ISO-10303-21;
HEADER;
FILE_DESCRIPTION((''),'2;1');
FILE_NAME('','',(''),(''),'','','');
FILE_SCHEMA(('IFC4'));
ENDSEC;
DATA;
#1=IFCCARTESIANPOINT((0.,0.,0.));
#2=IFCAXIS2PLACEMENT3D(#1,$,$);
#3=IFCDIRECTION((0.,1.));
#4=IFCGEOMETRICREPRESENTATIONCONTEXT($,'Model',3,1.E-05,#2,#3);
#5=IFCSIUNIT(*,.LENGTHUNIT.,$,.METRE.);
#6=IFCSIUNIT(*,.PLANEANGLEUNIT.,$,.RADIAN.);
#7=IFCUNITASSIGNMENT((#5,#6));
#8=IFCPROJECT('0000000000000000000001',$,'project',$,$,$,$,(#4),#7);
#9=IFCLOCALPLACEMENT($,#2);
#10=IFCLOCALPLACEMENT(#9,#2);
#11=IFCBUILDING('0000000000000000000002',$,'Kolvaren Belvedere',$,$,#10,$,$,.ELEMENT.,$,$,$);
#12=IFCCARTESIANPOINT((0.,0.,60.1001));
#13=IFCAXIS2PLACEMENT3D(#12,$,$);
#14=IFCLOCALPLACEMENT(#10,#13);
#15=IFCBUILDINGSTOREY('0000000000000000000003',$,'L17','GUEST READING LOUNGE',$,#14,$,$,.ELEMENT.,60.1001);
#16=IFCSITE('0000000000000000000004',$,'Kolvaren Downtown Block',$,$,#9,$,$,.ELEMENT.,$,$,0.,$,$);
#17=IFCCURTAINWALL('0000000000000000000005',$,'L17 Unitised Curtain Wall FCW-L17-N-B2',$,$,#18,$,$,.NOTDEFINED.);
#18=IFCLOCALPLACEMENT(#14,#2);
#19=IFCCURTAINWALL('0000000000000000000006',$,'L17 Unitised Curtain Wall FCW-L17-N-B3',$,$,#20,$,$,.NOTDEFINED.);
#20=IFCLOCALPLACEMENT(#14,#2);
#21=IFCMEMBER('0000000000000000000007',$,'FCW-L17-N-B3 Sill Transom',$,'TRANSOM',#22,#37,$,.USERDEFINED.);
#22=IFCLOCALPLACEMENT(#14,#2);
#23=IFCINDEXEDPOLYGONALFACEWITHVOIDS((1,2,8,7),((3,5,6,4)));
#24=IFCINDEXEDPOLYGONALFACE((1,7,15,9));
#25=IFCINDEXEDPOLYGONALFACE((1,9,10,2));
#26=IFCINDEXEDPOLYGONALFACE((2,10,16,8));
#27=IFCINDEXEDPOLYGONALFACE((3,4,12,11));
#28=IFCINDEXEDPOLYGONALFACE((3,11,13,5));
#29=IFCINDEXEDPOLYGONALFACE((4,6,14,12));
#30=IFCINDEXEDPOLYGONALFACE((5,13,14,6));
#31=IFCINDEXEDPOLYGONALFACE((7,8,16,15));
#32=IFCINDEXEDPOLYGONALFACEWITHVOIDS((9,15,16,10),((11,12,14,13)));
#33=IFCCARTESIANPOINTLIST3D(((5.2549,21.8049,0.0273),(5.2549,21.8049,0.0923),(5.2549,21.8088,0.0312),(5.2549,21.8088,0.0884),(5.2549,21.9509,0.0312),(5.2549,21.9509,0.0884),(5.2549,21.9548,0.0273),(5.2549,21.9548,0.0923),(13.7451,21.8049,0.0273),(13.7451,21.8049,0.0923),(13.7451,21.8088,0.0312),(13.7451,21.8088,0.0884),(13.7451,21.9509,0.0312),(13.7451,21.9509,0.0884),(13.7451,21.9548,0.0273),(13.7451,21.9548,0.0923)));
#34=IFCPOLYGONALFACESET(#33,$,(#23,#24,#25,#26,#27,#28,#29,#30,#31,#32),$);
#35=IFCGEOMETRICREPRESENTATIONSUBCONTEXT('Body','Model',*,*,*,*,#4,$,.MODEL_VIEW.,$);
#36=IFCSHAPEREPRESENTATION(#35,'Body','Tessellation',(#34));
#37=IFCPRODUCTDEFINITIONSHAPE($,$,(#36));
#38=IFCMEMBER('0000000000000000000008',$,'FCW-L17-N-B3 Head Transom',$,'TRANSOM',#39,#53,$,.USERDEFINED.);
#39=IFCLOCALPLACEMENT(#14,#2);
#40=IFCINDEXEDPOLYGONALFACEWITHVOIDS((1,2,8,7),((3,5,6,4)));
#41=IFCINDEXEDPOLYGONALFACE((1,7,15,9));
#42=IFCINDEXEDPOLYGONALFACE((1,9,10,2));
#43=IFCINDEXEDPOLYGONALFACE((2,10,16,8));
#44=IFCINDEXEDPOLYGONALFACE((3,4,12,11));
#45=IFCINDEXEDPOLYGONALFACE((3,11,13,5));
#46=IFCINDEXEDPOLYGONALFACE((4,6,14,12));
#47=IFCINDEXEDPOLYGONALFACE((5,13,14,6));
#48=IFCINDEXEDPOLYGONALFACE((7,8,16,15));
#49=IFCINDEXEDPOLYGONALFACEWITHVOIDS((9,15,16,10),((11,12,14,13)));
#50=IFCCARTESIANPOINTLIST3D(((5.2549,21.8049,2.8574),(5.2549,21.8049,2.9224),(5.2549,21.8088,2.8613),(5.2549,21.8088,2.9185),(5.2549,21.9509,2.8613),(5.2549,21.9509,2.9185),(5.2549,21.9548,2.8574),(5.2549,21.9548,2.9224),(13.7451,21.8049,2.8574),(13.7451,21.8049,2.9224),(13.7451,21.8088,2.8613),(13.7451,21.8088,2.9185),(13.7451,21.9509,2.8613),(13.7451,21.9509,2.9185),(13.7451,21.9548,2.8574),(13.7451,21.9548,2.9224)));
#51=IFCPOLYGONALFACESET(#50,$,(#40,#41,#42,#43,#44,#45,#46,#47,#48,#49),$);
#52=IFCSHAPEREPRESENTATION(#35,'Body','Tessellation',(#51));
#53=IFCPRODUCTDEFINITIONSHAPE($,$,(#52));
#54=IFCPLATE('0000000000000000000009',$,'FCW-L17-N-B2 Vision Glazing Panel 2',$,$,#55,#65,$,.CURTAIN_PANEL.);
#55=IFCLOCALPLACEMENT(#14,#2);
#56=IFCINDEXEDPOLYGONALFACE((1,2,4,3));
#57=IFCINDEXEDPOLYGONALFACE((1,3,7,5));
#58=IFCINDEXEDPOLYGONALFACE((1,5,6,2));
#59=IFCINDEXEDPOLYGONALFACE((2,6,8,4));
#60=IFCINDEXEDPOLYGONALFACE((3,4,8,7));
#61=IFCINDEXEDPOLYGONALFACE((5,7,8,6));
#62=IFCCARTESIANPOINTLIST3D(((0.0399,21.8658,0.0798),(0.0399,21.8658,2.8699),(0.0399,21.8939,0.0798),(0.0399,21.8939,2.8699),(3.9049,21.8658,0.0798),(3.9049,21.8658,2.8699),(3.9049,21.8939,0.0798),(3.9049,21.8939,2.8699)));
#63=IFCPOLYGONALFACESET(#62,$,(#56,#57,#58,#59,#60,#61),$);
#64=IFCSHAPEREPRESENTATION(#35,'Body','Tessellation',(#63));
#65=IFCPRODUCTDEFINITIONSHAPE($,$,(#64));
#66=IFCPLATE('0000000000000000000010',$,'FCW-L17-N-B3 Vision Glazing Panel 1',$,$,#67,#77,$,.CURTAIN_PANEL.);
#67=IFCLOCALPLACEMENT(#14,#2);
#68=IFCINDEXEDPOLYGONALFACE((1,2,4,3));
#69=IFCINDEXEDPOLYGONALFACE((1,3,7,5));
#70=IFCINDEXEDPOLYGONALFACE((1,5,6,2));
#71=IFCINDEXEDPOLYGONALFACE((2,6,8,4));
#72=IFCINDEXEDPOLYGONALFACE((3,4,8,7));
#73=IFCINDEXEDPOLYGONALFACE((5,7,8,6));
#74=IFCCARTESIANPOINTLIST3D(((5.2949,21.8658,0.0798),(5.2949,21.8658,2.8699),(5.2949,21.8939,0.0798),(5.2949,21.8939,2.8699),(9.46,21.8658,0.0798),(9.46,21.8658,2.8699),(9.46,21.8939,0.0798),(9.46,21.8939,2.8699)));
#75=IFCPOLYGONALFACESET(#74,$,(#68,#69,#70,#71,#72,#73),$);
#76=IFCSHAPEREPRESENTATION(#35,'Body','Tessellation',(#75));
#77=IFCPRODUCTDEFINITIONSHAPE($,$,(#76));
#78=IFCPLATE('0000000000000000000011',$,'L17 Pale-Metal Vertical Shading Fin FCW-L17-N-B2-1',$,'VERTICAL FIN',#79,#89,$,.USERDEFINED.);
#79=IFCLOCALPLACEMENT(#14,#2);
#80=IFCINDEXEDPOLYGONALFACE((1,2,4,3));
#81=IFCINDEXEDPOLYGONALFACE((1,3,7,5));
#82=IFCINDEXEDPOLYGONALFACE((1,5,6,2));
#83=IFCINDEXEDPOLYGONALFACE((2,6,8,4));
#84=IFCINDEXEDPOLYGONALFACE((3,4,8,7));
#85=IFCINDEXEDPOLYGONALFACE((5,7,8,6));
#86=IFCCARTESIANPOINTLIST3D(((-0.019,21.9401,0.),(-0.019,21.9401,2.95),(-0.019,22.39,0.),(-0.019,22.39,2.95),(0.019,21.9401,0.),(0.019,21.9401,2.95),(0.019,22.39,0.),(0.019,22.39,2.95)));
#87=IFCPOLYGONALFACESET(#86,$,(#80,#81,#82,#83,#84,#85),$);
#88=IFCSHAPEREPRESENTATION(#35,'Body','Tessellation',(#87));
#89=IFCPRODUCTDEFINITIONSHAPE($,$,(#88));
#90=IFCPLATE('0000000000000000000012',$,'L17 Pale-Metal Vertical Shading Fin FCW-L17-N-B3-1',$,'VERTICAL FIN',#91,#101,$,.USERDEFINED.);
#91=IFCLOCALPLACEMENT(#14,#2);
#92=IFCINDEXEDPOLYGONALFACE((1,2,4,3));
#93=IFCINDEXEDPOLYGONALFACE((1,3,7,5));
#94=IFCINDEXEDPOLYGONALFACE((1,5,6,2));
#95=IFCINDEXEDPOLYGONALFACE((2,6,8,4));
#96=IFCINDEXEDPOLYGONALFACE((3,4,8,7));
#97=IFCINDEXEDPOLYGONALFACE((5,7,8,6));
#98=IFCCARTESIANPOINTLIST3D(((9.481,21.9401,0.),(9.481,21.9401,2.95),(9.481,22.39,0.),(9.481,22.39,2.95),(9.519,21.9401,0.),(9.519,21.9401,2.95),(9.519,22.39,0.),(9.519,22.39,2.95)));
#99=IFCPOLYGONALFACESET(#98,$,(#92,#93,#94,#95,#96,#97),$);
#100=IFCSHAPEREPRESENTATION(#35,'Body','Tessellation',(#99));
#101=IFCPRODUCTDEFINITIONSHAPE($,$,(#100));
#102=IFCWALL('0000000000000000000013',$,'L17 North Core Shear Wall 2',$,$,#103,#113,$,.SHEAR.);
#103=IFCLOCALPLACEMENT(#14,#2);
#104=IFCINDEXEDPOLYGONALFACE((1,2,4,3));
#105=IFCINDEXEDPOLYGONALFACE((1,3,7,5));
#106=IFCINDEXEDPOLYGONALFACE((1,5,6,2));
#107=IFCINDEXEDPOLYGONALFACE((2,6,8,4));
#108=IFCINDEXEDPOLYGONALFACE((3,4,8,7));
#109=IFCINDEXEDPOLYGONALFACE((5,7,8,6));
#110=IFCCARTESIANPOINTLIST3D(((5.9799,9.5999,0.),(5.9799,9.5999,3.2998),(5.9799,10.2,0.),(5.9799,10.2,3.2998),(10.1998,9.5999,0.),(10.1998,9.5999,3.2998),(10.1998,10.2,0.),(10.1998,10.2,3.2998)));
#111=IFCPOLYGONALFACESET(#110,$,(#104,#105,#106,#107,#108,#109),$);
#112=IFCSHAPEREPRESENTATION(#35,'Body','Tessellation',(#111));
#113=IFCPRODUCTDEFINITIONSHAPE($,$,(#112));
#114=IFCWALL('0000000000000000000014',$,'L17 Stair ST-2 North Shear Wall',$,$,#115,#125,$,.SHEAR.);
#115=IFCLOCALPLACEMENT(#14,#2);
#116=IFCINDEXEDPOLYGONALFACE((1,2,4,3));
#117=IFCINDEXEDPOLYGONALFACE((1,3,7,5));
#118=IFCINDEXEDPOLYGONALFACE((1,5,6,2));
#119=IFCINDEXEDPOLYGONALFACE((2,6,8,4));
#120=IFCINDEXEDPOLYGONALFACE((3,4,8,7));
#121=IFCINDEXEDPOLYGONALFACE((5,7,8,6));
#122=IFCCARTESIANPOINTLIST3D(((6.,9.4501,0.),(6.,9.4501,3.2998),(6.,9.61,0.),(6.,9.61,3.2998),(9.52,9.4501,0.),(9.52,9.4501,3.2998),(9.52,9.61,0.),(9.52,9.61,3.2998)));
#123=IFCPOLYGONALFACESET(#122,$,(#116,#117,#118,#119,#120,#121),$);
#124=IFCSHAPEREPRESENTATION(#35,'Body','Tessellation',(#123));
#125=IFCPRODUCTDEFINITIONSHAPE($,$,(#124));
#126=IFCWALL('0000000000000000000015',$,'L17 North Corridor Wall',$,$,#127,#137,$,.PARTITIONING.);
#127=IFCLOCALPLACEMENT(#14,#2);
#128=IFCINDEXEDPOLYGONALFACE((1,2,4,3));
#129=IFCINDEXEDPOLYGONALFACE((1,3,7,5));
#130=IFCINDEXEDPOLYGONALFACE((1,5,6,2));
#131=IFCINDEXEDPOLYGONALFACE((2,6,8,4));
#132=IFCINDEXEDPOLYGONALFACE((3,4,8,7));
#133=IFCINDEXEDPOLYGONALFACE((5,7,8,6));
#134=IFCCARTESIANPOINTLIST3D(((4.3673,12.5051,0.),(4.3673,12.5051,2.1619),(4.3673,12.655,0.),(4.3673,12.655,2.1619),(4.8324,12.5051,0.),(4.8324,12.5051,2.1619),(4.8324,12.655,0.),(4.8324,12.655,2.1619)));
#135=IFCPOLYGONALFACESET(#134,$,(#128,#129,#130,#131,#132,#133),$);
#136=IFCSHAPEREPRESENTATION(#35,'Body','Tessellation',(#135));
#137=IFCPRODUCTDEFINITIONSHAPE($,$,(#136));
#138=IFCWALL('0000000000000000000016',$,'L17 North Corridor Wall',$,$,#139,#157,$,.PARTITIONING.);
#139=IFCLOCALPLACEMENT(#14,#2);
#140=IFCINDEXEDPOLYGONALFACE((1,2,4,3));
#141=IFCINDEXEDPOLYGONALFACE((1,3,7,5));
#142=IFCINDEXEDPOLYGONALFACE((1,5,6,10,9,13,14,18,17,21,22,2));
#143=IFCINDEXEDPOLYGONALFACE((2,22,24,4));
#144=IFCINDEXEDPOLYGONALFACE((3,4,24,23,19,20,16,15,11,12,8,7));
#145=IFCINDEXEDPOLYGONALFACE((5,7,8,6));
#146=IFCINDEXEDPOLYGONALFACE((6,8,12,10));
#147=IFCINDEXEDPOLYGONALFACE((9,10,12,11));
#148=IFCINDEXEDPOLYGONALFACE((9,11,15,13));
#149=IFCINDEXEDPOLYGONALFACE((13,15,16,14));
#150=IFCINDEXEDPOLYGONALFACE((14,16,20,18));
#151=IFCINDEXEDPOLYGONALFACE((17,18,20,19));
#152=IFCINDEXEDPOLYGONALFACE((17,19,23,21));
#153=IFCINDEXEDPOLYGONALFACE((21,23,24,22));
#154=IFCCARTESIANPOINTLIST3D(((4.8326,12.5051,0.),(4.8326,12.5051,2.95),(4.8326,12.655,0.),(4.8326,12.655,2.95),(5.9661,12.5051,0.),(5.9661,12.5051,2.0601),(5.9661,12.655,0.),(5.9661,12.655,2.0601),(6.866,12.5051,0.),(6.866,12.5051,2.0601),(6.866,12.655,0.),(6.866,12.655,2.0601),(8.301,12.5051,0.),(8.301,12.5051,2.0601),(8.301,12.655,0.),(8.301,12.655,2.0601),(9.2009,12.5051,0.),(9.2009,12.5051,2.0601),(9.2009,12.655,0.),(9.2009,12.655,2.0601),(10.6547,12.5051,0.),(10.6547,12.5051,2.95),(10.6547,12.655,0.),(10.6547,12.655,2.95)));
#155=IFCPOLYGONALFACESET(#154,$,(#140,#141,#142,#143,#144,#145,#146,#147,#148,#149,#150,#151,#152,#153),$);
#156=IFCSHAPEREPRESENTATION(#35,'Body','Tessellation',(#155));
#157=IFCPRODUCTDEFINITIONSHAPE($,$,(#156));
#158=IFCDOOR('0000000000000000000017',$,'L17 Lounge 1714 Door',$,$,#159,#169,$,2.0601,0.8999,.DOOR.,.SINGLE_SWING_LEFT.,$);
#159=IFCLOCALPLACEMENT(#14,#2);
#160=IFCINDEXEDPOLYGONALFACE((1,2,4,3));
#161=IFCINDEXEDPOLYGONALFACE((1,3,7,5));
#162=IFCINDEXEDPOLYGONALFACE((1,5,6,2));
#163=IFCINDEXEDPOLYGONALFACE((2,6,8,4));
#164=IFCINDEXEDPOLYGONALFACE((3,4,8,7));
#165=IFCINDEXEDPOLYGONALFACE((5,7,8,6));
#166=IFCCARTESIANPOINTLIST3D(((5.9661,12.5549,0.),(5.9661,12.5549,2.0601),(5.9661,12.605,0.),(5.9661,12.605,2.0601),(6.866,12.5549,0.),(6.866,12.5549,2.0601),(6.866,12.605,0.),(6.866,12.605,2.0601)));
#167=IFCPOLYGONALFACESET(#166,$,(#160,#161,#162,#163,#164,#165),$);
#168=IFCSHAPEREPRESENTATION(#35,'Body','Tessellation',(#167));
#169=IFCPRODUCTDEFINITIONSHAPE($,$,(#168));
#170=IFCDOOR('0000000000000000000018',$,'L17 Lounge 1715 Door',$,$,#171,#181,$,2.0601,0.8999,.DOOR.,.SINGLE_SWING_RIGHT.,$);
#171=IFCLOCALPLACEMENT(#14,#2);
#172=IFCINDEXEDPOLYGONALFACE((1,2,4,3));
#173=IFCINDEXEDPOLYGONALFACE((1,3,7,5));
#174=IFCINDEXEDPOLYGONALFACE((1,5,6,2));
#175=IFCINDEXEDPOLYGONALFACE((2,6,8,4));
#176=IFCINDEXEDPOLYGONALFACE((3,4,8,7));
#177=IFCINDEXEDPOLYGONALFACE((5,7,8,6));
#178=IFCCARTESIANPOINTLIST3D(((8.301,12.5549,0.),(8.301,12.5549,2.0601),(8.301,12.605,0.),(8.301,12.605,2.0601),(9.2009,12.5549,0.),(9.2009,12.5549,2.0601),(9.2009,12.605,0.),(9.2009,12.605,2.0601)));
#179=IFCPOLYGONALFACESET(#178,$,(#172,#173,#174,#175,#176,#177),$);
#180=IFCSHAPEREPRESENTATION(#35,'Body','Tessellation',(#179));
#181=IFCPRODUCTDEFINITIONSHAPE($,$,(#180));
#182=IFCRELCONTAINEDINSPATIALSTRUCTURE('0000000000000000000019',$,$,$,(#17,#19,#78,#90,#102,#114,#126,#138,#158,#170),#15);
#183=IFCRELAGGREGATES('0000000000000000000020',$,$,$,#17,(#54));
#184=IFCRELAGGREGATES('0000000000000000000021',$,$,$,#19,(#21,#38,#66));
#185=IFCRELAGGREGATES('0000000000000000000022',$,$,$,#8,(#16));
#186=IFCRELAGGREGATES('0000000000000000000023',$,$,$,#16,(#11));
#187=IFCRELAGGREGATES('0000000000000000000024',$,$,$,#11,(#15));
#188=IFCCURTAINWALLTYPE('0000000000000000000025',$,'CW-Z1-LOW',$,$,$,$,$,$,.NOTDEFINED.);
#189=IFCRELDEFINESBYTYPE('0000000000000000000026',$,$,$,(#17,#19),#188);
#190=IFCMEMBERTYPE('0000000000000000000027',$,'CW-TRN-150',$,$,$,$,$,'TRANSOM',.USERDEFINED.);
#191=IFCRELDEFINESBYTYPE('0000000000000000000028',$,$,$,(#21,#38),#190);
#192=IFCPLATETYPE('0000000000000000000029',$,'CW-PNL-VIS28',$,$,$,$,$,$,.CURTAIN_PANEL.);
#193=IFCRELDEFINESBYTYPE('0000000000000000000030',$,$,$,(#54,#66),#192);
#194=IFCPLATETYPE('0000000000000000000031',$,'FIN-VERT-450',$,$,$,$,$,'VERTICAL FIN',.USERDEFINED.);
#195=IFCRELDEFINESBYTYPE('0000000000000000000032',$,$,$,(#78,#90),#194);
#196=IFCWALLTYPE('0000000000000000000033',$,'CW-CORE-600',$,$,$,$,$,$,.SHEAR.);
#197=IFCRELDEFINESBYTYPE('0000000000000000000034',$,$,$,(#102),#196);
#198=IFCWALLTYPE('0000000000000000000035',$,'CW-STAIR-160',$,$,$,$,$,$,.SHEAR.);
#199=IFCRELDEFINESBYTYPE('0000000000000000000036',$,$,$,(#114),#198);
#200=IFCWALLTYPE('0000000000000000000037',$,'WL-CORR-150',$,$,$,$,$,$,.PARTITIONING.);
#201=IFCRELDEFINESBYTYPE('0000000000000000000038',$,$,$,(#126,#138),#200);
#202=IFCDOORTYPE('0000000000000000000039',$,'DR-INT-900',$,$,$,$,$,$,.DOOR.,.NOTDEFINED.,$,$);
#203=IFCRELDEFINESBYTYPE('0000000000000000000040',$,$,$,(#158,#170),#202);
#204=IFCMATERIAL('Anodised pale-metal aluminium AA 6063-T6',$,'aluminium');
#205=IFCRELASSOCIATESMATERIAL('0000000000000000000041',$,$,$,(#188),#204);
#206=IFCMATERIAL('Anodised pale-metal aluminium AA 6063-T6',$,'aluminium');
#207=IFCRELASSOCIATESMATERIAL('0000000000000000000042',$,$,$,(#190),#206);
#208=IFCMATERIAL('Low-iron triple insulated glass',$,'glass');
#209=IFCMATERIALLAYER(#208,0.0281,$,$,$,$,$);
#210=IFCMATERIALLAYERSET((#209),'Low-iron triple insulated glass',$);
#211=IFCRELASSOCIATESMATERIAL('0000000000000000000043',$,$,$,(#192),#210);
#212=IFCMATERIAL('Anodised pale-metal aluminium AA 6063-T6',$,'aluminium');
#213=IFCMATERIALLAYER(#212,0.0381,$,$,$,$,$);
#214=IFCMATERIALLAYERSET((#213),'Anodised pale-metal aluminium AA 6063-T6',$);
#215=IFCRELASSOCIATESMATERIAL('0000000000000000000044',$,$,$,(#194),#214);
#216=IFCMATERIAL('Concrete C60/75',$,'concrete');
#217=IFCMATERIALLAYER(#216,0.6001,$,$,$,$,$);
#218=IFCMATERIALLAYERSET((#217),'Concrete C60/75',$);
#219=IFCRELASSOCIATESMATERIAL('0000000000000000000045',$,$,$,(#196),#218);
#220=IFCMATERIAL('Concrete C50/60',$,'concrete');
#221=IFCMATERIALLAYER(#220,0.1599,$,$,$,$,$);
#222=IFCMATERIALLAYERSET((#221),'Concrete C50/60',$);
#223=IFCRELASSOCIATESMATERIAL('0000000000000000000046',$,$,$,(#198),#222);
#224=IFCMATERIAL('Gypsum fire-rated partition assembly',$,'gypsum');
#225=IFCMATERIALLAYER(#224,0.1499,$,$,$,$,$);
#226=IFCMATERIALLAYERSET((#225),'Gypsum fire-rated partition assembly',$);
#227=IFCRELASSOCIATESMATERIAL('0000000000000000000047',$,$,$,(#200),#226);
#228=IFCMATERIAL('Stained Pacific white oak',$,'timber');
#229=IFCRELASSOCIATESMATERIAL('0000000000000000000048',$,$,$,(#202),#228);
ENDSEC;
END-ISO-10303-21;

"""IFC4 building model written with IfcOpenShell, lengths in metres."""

from ifc_helpers import new_model, si_unit, direction, frame, frame_2d, origin, origin_2d, place, context, subcontext, project, spatial, rectangle, hollow_rectangle, extrude, material, layer, layer_set, material_profile, profile_set, type_object, element, fill, aggregate, save


model = new_model("IFC4")

# Units and contexts
model_context = context("Model", 3, precision=1e-05, world=origin(), true_north=direction((0.0, 1.0)))
body_context = subcontext(model_context, "Body", "Model", "MODEL_VIEW")
ifc_project = project(units=[si_unit("LENGTHUNIT", "METRE"), si_unit("PLANEANGLEUNIT", "RADIAN")], contexts=[model_context])

# Site, building, storey
site_placement = place(None, origin())
site = spatial("IfcSite", under=ifc_project, at=site_placement, Name="Kolvaren Downtown Block", CompositionType="ELEMENT", RefElevation=0.0)
building_placement = place(site_placement, origin())
building = spatial("IfcBuilding", under=site, at=building_placement, Name="Kolvaren Belvedere", CompositionType="ELEMENT")
storey_placement = place(building_placement, frame((0.0, 0.0, 60.1001)))
storey = spatial("IfcBuildingStorey", under=building, at=storey_placement, Name="L17", Description="GUEST READING LOUNGE", CompositionType="ELEMENT", Elevation=60.1001)

# Curtain walls, members
ifc_material_1 = material(Name="Anodised pale-metal aluminium AA 6063-T6", Category="aluminium")
curtain_wall_type = type_object("IfcCurtainWallType", Name="CW-Z1-LOW", PredefinedType="NOTDEFINED", material=ifc_material_1)
curtain_wall_1_placement = place(storey_placement, origin())
curtain_wall_1 = element("IfcCurtainWall", 1, at=curtain_wall_1_placement, inside=storey, type_object=curtain_wall_type, Name="L17 Unitised Curtain Wall FCW-L17-N-B2", PredefinedType="NOTDEFINED")
curtain_wall_2_placement = place(storey_placement, origin())
curtain_wall_2 = element("IfcCurtainWall", 2, at=curtain_wall_2_placement, inside=storey, type_object=curtain_wall_type, Name="L17 Unitised Curtain Wall FCW-L17-N-B3", PredefinedType="NOTDEFINED")
ifc_material_2 = material(Name="Anodised pale-metal aluminium AA 6063-T6", Category="aluminium")
ifc_material_profile_1 = material_profile(ifc_material_2, hollow_rectangle(XDim=0.0649, YDim=0.1499, WallThickness=0.0039, at=origin_2d()), Name="ALU-TRN-150X65")
ifc_profile_set_1 = profile_set([ifc_material_profile_1], Name="Anodised pale-metal aluminium AA 6063-T6")
member_type_1 = type_object("IfcMemberType", Name="CW-TRN-150", ElementType="TRANSOM", PredefinedType="USERDEFINED", material=ifc_profile_set_1)
member_1_placement = place(storey_placement, frame((5.2549, 21.8799, 0.0598), z_axis=(1.0, 0.0, 0.0), x_axis=(0.0, 0.0, 1.0)))
member_1 = element("IfcMember", 3, at=member_1_placement, type_object=member_type_1, Name="FCW-L17-N-B3 Sill Transom", ObjectType="TRANSOM", PredefinedType="USERDEFINED", context=body_context, shape_type="SweptSolid", body=[
    extrude(hollow_rectangle(XDim=0.0649, YDim=0.1499, WallThickness=0.0039, at=origin_2d()), origin(), (0.0, 0.0, 1.0), 8.4902),
])
member_2_placement = place(storey_placement, frame((5.2549, 21.8799, 2.8899), z_axis=(1.0, 0.0, 0.0), x_axis=(0.0, 0.0, 1.0)))
member_2 = element("IfcMember", 4, at=member_2_placement, type_object=member_type_1, Name="FCW-L17-N-B3 Head Transom", ObjectType="TRANSOM", PredefinedType="USERDEFINED", context=body_context, shape_type="SweptSolid", body=[
    extrude(hollow_rectangle(XDim=0.0649, YDim=0.1499, WallThickness=0.0039, at=origin_2d()), origin(), (0.0, 0.0, 1.0), 8.4902),
])

# Plates
ifc_material_3 = material(Name="Low-iron triple insulated glass", Category="glass")
ifc_layer_1 = layer(ifc_material_3, 0.0281)
ifc_layer_set_1 = layer_set([ifc_layer_1], Name="Low-iron triple insulated glass")
plate_type_1 = type_object("IfcPlateType", Name="CW-PNL-VIS28", PredefinedType="CURTAIN_PANEL", material=ifc_layer_set_1)
plate_1_placement = place(storey_placement, frame((1.9724, 21.8799, 0.0798), z_axis=(0.0, 0.0, 1.0), x_axis=(1.0, 0.0, 0.0)))
plate_1 = element("IfcPlate", 5, at=plate_1_placement, type_object=plate_type_1, Name="FCW-L17-N-B2 Vision Glazing Panel 2", PredefinedType="CURTAIN_PANEL", context=body_context, shape_type="SweptSolid", body=[
    extrude(rectangle(XDim=3.865, YDim=0.0281, at=origin_2d()), origin(), (0.0, 0.0, 1.0), 2.79),
])
aggregate(curtain_wall_1, [plate_1])
plate_2_placement = place(storey_placement, frame((7.3774, 21.8799, 0.0798), z_axis=(0.0, 0.0, 1.0), x_axis=(1.0, 0.0, 0.0)))
plate_2 = element("IfcPlate", 6, at=plate_2_placement, type_object=plate_type_1, Name="FCW-L17-N-B3 Vision Glazing Panel 1", PredefinedType="CURTAIN_PANEL", context=body_context, shape_type="SweptSolid", body=[
    extrude(rectangle(XDim=4.165, YDim=0.0281, at=origin_2d()), origin(), (0.0, 0.0, 1.0), 2.79),
])
aggregate(curtain_wall_2, [member_1, member_2, plate_2])

# Plates
ifc_material_4 = material(Name="Anodised pale-metal aluminium AA 6063-T6", Category="aluminium")
ifc_layer_2 = layer(ifc_material_4, 0.0381)
ifc_layer_set_2 = layer_set([ifc_layer_2], Name="Anodised pale-metal aluminium AA 6063-T6")
plate_type_2 = type_object("IfcPlateType", Name="FIN-VERT-450", ElementType="VERTICAL FIN", PredefinedType="USERDEFINED", material=ifc_layer_set_2)
for number, where, z_axis, x_axis, name in (
    (7, (0.0, 22.165, 0.0), (0.0, 0.0, 1.0), (0.0, 1.0, 0.0), "L17 Pale-Metal Vertical Shading Fin FCW-L17-N-B2-1"),
    (8, (9.5, 22.165, 0.0), (0.0, 0.0, 1.0), (0.0, 1.0, 0.0), "L17 Pale-Metal Vertical Shading Fin FCW-L17-N-B3-1"),
):
    element("IfcPlate", number, at=place(storey_placement, frame(where, z_axis=z_axis, x_axis=x_axis)), inside=storey, type_object=plate_type_2, Name=name, ObjectType="VERTICAL FIN", PredefinedType="USERDEFINED", context=body_context, shape_type="SweptSolid", body=[
        extrude(rectangle(XDim=0.45, YDim=0.0381, at=origin_2d()), origin(), (0.0, 0.0, 1.0), 2.95),
    ])

# Walls
ifc_material_5 = material(Name="Concrete C60/75", Category="concrete")
ifc_layer_3 = layer(ifc_material_5, 0.6001)
ifc_layer_set_3 = layer_set([ifc_layer_3], Name="Concrete C60/75")
wall_type_1 = type_object("IfcWallType", Name="CW-CORE-600", PredefinedType="SHEAR", material=ifc_layer_set_3)
wall_1_placement = place(storey_placement, frame((5.98, 9.8999, 0.0), z_axis=(0.0, 0.0, 1.0), x_axis=(1.0, 0.0, 0.0)))
element("IfcWall", 9, at=wall_1_placement, inside=storey, type_object=wall_type_1, Name="L17 North Core Shear Wall 2", PredefinedType="SHEAR", context=body_context, shape_type="SweptSolid", body=[
    extrude(rectangle(XDim=4.22, YDim=0.6001, at=frame_2d((2.1099, 0.0))), origin(), (0.0, 0.0, 1.0), 3.2998),
])
ifc_material_6 = material(Name="Concrete C50/60", Category="concrete")
ifc_layer_4 = layer(ifc_material_6, 0.1599)
ifc_layer_set_4 = layer_set([ifc_layer_4], Name="Concrete C50/60")
wall_type_2 = type_object("IfcWallType", Name="CW-STAIR-160", PredefinedType="SHEAR", material=ifc_layer_set_4)
wall_2_placement = place(storey_placement, frame((6.0, 9.53, 0.0), z_axis=(0.0, 0.0, 1.0), x_axis=(1.0, 0.0, 0.0)))
element("IfcWall", 10, at=wall_2_placement, inside=storey, type_object=wall_type_2, Name="L17 Stair ST-2 North Shear Wall", PredefinedType="SHEAR", context=body_context, shape_type="SweptSolid", body=[
    extrude(rectangle(XDim=3.52, YDim=0.1599, at=frame_2d((1.76, 0.0))), origin(), (0.0, 0.0, 1.0), 3.2998),
])
ifc_material_7 = material(Name="Gypsum fire-rated partition assembly", Category="gypsum")
ifc_layer_5 = layer(ifc_material_7, 0.1499)
ifc_layer_set_5 = layer_set([ifc_layer_5], Name="Gypsum fire-rated partition assembly")
wall_type_3 = type_object("IfcWallType", Name="WL-CORR-150", PredefinedType="PARTITIONING", material=ifc_layer_set_5)
wall_3_placement = place(storey_placement, frame((4.3674, 12.5801, 0.0), z_axis=(0.0, 0.0, 1.0), x_axis=(1.0, 0.0, 0.0)))
element("IfcWall", 11, at=wall_3_placement, inside=storey, type_object=wall_type_3, Name="L17 North Corridor Wall", PredefinedType="PARTITIONING", context=body_context, shape_type="SweptSolid", body=[
    extrude(rectangle(XDim=0.4651, YDim=0.1499, at=frame_2d((0.2324, 0.0))), origin(), (0.0, 0.0, 1.0), 2.1619),
])

# Wall, openings, doors
wall_4_placement = place(storey_placement, frame((4.8325, 12.5801, 0.0), z_axis=(0.0, 0.0, 1.0), x_axis=(1.0, 0.0, 0.0)))
wall_4 = element("IfcWall", 12, at=wall_4_placement, inside=storey, type_object=wall_type_3, Name="L17 North Corridor Wall", PredefinedType="PARTITIONING", context=body_context, shape_type="SweptSolid", body=[
    extrude(rectangle(XDim=5.822, YDim=0.1499, at=frame_2d((2.9111, 0.0))), origin(), (0.0, 0.0, 1.0), 2.95),
])
opening_1_placement = place(wall_4_placement, frame((1.1335, 0.0, 0.0)))
opening_1 = element("IfcOpeningElement", 13, at=opening_1_placement, cuts=wall_4, PredefinedType="OPENING", context=body_context, shape_type="SweptSolid", body=[
    extrude(rectangle(XDim=0.8999, YDim=2.0601, at=frame_2d((0.45, 1.03))), frame((0.0, 0.085, 0.0), z_axis=(0.0, -1.0, 0.0), x_axis=(1.0, 0.0, 0.0)), (0.0, 0.0, 1.0), 0.1699),
])
opening_2_placement = place(wall_4_placement, frame((3.4685, 0.0, 0.0)))
opening_2 = element("IfcOpeningElement", 14, at=opening_2_placement, cuts=wall_4, PredefinedType="OPENING", context=body_context, shape_type="SweptSolid", body=[
    extrude(rectangle(XDim=0.8999, YDim=2.0601, at=frame_2d((0.45, 1.03))), frame((0.0, 0.085, 0.0), z_axis=(0.0, -1.0, 0.0), x_axis=(1.0, 0.0, 0.0)), (0.0, 0.0, 1.0), 0.1699),
])
ifc_material_8 = material(Name="Stained Pacific white oak", Category="timber")
door_type_1 = type_object("IfcDoorType", Name="DR-INT-900", OperationType="NOTDEFINED", PredefinedType="DOOR", material=ifc_material_8)
door_1_placement = place(opening_1_placement, origin())
door_1 = element("IfcDoor", 15, at=door_1_placement, inside=storey, type_object=door_type_1, Name="L17 Lounge 1714 Door", OperationType="SINGLE_SWING_LEFT", OverallHeight=2.0601, OverallWidth=0.8999, PredefinedType="DOOR", context=body_context, shape_type="SweptSolid", body=[
    extrude(rectangle(XDim=0.8999, YDim=2.0601, at=frame_2d((0.45, 1.03))), frame((0.0, 0.0249, 0.0), z_axis=(0.0, -1.0, 0.0), x_axis=(1.0, 0.0, 0.0)), (0.0, 0.0, 1.0), 0.05),
])
fill(opening_1, door_1)
door_2_placement = place(opening_2_placement, origin())
door_2 = element("IfcDoor", 16, at=door_2_placement, inside=storey, type_object=door_type_1, Name="L17 Lounge 1715 Door", OperationType="SINGLE_SWING_RIGHT", OverallHeight=2.0601, OverallWidth=0.8999, PredefinedType="DOOR", context=body_context, shape_type="SweptSolid", body=[
    extrude(rectangle(XDim=0.8999, YDim=2.0601, at=frame_2d((0.45, 1.03))), frame((0.0, 0.0249, 0.0), z_axis=(0.0, -1.0, 0.0), x_axis=(1.0, 0.0, 0.0)), (0.0, 0.0, 1.0), 0.05),
])
fill(opening_2, door_2)

save(model, "model.ifc")
